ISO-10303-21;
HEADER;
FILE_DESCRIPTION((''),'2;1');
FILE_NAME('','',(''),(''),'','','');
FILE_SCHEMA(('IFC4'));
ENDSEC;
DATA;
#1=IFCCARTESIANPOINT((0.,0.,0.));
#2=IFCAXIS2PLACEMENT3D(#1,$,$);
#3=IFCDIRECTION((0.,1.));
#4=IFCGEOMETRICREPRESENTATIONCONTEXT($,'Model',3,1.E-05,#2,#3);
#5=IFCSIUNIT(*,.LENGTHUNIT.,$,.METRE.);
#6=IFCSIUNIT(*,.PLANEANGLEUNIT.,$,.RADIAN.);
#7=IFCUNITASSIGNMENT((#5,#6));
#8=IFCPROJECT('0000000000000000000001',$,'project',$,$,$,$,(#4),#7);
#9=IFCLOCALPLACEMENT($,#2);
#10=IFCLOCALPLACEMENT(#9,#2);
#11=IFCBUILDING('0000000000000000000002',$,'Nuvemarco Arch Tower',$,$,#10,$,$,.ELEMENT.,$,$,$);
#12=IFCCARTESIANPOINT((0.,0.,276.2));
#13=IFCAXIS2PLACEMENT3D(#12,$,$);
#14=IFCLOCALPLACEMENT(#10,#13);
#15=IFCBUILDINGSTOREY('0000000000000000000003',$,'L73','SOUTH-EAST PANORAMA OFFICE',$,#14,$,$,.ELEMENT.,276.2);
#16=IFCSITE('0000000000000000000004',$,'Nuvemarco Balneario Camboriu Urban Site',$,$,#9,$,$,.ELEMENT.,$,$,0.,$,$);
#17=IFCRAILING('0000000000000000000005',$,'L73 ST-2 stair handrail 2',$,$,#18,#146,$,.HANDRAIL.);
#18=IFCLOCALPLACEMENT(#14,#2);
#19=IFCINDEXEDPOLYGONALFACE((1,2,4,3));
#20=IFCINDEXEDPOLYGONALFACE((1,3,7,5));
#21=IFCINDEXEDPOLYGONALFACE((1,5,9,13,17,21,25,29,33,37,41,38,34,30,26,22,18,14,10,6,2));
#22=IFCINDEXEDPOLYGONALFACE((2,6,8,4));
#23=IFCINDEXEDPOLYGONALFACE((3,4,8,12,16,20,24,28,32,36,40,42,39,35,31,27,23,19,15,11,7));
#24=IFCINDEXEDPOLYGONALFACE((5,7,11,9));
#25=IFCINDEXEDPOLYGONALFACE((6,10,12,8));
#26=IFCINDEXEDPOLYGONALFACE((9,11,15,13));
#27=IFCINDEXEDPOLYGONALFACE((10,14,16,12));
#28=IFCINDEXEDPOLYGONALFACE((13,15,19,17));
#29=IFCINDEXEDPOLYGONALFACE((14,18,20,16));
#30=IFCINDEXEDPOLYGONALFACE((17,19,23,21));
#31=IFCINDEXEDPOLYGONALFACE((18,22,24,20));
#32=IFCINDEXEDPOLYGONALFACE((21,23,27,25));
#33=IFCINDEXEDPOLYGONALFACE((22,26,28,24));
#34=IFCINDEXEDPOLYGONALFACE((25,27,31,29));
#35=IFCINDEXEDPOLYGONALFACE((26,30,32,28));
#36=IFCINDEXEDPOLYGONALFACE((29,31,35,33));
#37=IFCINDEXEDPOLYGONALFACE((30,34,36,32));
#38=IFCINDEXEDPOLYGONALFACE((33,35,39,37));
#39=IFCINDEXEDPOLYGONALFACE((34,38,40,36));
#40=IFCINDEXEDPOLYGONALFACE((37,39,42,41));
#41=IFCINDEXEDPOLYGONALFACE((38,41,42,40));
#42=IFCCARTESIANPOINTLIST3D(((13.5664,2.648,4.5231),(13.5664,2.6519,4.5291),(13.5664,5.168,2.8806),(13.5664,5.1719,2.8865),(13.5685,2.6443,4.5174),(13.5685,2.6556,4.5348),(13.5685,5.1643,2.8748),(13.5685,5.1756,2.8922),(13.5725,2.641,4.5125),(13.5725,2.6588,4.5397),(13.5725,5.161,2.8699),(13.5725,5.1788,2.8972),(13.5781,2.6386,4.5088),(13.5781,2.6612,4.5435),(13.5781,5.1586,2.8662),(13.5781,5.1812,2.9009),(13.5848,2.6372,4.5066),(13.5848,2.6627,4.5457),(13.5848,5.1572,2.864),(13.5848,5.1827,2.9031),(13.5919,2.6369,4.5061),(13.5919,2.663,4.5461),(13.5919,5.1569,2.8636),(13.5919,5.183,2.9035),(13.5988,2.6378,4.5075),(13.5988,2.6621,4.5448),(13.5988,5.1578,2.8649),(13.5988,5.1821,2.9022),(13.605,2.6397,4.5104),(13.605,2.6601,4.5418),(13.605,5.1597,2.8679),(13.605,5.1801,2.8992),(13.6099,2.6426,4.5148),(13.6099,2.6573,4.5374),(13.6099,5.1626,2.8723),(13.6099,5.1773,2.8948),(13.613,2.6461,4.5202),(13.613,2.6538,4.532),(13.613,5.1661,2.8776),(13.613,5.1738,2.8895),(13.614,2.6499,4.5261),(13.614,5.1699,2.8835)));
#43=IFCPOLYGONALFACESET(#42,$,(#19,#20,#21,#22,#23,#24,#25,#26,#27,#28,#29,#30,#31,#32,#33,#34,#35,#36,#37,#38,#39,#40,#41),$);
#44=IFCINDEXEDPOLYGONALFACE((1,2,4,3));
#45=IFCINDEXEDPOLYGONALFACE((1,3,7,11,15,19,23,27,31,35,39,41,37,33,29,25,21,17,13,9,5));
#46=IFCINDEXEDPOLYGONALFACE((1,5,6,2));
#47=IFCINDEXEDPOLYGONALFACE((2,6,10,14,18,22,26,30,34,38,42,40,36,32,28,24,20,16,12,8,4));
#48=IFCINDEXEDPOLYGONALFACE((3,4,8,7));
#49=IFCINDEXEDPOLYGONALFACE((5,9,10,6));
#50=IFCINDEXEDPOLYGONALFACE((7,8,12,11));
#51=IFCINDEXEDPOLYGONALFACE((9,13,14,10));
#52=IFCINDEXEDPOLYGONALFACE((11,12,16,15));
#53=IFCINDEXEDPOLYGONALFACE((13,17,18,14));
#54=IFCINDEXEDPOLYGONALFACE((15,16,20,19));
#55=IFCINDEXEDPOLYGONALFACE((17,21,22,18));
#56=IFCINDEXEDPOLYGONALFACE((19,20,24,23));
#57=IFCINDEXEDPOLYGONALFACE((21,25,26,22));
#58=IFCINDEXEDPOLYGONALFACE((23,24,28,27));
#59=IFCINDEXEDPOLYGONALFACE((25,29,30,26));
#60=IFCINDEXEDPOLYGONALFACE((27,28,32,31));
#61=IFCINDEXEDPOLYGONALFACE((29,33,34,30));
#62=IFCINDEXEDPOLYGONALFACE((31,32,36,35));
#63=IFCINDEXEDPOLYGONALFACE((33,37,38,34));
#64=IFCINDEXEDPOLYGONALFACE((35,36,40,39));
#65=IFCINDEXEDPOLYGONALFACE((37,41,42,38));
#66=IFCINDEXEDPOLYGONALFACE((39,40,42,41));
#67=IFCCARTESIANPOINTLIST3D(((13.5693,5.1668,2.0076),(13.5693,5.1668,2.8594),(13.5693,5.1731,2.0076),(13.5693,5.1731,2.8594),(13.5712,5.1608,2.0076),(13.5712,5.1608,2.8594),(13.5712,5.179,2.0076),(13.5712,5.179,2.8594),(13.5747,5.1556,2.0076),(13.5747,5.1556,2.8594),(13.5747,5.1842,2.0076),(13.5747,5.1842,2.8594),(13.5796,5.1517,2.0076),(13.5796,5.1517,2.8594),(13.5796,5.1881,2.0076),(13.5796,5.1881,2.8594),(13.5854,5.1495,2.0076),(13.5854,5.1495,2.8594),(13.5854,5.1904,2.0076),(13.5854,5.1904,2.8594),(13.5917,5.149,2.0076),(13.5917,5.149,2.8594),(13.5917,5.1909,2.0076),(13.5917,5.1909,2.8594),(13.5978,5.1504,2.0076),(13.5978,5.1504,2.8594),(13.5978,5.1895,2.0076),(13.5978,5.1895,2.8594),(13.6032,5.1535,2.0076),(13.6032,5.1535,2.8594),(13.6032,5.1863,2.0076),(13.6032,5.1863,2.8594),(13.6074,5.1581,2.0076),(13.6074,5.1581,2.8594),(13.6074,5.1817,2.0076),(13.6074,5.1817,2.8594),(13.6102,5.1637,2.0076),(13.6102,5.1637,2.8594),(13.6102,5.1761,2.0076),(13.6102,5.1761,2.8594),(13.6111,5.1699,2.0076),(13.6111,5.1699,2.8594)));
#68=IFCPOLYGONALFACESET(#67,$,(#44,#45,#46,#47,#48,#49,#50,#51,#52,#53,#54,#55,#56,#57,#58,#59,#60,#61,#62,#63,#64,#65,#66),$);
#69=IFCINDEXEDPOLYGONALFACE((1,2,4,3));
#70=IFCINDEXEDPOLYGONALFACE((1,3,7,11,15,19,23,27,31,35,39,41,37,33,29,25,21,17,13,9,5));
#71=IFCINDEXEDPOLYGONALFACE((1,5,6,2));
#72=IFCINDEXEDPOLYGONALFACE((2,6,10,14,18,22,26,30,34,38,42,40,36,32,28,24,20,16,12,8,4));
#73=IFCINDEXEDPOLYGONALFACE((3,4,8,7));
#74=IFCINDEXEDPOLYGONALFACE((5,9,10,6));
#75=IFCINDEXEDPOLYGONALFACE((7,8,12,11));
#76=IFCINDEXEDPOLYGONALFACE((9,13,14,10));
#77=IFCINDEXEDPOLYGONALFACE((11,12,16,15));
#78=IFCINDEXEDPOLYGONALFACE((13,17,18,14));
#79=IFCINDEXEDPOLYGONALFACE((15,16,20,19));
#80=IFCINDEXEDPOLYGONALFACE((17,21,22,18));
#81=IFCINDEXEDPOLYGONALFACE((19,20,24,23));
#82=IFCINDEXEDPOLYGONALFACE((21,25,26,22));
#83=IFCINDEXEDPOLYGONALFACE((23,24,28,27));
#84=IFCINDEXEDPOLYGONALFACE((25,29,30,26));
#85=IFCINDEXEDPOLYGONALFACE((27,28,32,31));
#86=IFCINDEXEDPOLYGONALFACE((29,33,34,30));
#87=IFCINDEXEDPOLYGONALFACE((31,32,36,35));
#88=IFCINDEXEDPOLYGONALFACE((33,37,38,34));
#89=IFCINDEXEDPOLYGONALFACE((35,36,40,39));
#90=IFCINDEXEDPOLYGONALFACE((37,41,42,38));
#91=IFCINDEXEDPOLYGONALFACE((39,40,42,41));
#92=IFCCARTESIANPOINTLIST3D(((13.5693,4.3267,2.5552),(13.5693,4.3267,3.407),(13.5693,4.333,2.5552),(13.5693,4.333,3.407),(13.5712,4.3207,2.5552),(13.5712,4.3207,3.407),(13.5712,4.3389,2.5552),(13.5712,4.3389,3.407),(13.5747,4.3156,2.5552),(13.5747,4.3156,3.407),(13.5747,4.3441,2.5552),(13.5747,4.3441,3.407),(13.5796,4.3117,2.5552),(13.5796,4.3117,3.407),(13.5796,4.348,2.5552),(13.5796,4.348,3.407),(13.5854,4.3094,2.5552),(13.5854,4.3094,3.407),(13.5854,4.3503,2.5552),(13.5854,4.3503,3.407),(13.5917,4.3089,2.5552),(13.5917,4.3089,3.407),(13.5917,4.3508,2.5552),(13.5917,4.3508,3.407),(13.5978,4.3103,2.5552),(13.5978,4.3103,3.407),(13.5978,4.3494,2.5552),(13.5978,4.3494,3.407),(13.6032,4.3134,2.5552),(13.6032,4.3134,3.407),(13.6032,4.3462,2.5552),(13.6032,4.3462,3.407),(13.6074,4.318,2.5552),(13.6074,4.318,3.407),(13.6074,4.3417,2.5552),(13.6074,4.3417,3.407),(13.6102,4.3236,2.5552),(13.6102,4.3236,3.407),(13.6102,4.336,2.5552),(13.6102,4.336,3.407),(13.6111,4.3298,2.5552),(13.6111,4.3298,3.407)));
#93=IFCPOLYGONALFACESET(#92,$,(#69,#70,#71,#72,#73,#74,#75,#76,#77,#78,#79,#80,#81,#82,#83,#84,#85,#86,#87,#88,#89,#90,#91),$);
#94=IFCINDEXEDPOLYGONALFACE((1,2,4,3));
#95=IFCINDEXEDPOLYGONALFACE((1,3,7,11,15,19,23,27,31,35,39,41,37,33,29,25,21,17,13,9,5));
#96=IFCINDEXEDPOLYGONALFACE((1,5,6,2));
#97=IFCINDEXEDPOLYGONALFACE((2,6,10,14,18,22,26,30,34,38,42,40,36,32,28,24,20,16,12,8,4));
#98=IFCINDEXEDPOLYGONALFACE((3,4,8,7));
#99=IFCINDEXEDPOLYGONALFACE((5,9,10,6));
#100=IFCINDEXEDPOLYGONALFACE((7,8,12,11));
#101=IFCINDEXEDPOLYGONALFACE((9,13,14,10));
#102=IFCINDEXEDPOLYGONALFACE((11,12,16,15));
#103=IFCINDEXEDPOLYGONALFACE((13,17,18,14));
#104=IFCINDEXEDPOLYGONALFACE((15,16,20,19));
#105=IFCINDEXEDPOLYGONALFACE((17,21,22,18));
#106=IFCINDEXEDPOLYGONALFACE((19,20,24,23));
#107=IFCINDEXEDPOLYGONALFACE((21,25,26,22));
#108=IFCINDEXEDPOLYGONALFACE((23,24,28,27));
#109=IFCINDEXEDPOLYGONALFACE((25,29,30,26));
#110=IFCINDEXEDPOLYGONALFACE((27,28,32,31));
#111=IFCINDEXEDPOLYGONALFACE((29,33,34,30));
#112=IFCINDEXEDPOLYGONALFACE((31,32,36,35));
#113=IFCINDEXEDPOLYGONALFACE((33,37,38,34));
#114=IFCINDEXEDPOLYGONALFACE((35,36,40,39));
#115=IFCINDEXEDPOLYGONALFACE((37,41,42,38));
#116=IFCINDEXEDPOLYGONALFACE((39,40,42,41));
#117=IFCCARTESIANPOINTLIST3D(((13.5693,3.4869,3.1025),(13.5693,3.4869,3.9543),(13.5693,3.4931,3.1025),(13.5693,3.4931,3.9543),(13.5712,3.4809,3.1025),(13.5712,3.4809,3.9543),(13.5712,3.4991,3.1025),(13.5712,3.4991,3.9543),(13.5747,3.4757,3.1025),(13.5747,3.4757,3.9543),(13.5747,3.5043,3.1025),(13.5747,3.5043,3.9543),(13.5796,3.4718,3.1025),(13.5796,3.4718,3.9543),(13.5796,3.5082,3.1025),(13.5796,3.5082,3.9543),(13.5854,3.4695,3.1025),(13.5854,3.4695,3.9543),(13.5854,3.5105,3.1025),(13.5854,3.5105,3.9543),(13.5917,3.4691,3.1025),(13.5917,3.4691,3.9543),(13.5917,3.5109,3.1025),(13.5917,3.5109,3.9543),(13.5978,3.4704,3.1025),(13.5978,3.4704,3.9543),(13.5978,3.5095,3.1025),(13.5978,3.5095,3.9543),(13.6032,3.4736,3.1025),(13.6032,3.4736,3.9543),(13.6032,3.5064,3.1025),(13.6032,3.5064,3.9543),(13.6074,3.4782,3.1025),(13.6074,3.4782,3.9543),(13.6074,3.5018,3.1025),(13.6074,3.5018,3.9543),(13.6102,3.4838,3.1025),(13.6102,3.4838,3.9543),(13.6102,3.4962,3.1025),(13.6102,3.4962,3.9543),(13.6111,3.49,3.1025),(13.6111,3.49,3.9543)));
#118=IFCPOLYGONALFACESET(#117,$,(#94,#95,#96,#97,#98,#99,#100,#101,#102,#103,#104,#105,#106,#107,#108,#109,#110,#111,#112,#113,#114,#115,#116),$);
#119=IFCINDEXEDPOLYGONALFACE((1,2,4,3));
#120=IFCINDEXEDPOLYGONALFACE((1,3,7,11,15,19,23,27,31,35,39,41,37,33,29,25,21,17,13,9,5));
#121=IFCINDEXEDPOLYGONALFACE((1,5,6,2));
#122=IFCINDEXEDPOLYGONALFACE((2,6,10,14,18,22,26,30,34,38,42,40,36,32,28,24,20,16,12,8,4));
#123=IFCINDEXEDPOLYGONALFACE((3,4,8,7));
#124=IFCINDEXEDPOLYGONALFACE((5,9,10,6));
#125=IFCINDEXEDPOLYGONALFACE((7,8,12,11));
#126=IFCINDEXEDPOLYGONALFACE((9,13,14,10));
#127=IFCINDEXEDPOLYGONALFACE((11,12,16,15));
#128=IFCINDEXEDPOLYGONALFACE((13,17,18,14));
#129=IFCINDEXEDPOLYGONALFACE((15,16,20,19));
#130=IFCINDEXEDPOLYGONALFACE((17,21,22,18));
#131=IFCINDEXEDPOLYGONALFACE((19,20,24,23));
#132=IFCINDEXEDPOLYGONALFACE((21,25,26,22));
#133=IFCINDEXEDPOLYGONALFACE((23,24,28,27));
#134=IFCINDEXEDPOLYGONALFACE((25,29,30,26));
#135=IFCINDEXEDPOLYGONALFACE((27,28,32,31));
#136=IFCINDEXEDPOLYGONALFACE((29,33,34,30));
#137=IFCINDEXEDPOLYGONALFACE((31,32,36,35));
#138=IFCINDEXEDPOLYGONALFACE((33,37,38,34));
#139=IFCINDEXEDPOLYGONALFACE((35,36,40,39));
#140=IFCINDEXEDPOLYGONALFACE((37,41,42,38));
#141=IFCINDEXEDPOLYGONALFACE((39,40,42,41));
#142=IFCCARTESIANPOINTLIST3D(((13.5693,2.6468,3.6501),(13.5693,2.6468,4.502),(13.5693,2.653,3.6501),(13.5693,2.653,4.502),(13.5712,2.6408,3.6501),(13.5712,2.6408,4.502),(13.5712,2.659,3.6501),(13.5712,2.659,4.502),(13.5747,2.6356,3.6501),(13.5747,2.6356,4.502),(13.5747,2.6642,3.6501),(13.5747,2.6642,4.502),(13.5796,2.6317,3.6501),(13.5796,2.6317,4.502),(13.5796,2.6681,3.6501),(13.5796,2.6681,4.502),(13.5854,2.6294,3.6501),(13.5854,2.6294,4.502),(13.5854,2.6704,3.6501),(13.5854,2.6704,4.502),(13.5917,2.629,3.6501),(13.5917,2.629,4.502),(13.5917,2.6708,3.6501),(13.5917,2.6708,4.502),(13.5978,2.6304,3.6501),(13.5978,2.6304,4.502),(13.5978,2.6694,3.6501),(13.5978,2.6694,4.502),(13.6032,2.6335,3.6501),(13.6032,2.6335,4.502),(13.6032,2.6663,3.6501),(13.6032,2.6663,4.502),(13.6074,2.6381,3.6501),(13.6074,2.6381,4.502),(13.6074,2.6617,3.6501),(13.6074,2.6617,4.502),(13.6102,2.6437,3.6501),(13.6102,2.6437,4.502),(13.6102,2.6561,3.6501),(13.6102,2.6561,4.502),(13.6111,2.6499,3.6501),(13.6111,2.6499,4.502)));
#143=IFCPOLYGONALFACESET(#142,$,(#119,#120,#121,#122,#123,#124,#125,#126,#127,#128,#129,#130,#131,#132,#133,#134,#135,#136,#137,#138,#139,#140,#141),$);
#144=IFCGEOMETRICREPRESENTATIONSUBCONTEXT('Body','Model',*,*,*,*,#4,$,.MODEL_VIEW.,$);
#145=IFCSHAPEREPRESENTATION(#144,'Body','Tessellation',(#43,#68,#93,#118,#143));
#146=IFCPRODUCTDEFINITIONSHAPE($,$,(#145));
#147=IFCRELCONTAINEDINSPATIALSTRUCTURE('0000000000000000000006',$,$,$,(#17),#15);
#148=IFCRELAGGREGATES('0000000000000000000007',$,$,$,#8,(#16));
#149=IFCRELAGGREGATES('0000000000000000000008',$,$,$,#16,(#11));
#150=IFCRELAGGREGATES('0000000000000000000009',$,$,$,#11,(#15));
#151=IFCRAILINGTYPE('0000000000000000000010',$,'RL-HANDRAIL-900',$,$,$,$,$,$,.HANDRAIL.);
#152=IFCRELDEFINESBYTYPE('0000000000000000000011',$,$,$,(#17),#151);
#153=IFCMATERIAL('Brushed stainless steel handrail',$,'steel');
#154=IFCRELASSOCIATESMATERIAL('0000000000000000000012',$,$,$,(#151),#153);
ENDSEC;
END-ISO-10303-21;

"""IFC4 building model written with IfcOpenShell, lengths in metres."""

from ifc_helpers import new_model, si_unit, direction, frame, origin, origin_2d, place, context, subcontext, project, spatial, circle, extrude, material, type_object, element, save


model = new_model("IFC4")

# Units and contexts
model_context = context("Model", 3, precision=1e-05, world=origin(), true_north=direction((0.0, 1.0)))
body_context = subcontext(model_context, "Body", "Model", "MODEL_VIEW")
ifc_project = project(units=[si_unit("LENGTHUNIT", "METRE"), si_unit("PLANEANGLEUNIT", "RADIAN")], contexts=[model_context])

# Site, building, storey
site_placement = place(None, origin())
site = spatial("IfcSite", under=ifc_project, at=site_placement, Name="Nuvemarco Balneario Camboriu Urban Site", CompositionType="ELEMENT", RefElevation=0.0)
building_placement = place(site_placement, origin())
building = spatial("IfcBuilding", under=site, at=building_placement, Name="Nuvemarco Arch Tower", CompositionType="ELEMENT")
storey_placement = place(building_placement, frame((0.0, 0.0, 276.2)))
storey = spatial("IfcBuildingStorey", under=building, at=storey_placement, Name="L73", Description="SOUTH-EAST PANORAMA OFFICE", CompositionType="ELEMENT", Elevation=276.2)

# Railing
ifc_material_1 = material(Name="Brushed stainless steel handrail", Category="steel")
railing_type_1 = type_object("IfcRailingType", Name="RL-HANDRAIL-900", PredefinedType="HANDRAIL", material=ifc_material_1)
railing_1_placement = place(storey_placement, frame((13.5901, 5.1699, 2.0076)))
element("IfcRailing", 1, at=railing_1_placement, inside=storey, type_object=railing_type_1, Name="L73 ST-2 stair handrail 2", PredefinedType="HANDRAIL", context=body_context, shape_type="SweptSolid", body=[
    extrude(circle(Radius=0.0239, at=origin_2d()), frame((0.0, 0.0, 0.876), z_axis=(0.0, -0.837749, 0.546055), x_axis=(1.0, 0.0, 0.0)), (0.0, 0.0, 1.0), 3.0081),
    extrude(circle(Radius=0.021, at=origin_2d()), origin(), (0.0, 0.0, 1.0), 0.8518),
    extrude(circle(Radius=0.021, at=origin_2d()), frame((0.0, -0.8401, 0.5476)), (0.0, 0.0, 1.0), 0.8518),
    extrude(circle(Radius=0.021, at=origin_2d()), frame((0.0, -1.6799, 1.095)), (0.0, 0.0, 1.0), 0.8518),
    extrude(circle(Radius=0.021, at=origin_2d()), frame((0.0, -2.52, 1.6426)), (0.0, 0.0, 1.0), 0.8518),
])

save(model, "model.ifc")
